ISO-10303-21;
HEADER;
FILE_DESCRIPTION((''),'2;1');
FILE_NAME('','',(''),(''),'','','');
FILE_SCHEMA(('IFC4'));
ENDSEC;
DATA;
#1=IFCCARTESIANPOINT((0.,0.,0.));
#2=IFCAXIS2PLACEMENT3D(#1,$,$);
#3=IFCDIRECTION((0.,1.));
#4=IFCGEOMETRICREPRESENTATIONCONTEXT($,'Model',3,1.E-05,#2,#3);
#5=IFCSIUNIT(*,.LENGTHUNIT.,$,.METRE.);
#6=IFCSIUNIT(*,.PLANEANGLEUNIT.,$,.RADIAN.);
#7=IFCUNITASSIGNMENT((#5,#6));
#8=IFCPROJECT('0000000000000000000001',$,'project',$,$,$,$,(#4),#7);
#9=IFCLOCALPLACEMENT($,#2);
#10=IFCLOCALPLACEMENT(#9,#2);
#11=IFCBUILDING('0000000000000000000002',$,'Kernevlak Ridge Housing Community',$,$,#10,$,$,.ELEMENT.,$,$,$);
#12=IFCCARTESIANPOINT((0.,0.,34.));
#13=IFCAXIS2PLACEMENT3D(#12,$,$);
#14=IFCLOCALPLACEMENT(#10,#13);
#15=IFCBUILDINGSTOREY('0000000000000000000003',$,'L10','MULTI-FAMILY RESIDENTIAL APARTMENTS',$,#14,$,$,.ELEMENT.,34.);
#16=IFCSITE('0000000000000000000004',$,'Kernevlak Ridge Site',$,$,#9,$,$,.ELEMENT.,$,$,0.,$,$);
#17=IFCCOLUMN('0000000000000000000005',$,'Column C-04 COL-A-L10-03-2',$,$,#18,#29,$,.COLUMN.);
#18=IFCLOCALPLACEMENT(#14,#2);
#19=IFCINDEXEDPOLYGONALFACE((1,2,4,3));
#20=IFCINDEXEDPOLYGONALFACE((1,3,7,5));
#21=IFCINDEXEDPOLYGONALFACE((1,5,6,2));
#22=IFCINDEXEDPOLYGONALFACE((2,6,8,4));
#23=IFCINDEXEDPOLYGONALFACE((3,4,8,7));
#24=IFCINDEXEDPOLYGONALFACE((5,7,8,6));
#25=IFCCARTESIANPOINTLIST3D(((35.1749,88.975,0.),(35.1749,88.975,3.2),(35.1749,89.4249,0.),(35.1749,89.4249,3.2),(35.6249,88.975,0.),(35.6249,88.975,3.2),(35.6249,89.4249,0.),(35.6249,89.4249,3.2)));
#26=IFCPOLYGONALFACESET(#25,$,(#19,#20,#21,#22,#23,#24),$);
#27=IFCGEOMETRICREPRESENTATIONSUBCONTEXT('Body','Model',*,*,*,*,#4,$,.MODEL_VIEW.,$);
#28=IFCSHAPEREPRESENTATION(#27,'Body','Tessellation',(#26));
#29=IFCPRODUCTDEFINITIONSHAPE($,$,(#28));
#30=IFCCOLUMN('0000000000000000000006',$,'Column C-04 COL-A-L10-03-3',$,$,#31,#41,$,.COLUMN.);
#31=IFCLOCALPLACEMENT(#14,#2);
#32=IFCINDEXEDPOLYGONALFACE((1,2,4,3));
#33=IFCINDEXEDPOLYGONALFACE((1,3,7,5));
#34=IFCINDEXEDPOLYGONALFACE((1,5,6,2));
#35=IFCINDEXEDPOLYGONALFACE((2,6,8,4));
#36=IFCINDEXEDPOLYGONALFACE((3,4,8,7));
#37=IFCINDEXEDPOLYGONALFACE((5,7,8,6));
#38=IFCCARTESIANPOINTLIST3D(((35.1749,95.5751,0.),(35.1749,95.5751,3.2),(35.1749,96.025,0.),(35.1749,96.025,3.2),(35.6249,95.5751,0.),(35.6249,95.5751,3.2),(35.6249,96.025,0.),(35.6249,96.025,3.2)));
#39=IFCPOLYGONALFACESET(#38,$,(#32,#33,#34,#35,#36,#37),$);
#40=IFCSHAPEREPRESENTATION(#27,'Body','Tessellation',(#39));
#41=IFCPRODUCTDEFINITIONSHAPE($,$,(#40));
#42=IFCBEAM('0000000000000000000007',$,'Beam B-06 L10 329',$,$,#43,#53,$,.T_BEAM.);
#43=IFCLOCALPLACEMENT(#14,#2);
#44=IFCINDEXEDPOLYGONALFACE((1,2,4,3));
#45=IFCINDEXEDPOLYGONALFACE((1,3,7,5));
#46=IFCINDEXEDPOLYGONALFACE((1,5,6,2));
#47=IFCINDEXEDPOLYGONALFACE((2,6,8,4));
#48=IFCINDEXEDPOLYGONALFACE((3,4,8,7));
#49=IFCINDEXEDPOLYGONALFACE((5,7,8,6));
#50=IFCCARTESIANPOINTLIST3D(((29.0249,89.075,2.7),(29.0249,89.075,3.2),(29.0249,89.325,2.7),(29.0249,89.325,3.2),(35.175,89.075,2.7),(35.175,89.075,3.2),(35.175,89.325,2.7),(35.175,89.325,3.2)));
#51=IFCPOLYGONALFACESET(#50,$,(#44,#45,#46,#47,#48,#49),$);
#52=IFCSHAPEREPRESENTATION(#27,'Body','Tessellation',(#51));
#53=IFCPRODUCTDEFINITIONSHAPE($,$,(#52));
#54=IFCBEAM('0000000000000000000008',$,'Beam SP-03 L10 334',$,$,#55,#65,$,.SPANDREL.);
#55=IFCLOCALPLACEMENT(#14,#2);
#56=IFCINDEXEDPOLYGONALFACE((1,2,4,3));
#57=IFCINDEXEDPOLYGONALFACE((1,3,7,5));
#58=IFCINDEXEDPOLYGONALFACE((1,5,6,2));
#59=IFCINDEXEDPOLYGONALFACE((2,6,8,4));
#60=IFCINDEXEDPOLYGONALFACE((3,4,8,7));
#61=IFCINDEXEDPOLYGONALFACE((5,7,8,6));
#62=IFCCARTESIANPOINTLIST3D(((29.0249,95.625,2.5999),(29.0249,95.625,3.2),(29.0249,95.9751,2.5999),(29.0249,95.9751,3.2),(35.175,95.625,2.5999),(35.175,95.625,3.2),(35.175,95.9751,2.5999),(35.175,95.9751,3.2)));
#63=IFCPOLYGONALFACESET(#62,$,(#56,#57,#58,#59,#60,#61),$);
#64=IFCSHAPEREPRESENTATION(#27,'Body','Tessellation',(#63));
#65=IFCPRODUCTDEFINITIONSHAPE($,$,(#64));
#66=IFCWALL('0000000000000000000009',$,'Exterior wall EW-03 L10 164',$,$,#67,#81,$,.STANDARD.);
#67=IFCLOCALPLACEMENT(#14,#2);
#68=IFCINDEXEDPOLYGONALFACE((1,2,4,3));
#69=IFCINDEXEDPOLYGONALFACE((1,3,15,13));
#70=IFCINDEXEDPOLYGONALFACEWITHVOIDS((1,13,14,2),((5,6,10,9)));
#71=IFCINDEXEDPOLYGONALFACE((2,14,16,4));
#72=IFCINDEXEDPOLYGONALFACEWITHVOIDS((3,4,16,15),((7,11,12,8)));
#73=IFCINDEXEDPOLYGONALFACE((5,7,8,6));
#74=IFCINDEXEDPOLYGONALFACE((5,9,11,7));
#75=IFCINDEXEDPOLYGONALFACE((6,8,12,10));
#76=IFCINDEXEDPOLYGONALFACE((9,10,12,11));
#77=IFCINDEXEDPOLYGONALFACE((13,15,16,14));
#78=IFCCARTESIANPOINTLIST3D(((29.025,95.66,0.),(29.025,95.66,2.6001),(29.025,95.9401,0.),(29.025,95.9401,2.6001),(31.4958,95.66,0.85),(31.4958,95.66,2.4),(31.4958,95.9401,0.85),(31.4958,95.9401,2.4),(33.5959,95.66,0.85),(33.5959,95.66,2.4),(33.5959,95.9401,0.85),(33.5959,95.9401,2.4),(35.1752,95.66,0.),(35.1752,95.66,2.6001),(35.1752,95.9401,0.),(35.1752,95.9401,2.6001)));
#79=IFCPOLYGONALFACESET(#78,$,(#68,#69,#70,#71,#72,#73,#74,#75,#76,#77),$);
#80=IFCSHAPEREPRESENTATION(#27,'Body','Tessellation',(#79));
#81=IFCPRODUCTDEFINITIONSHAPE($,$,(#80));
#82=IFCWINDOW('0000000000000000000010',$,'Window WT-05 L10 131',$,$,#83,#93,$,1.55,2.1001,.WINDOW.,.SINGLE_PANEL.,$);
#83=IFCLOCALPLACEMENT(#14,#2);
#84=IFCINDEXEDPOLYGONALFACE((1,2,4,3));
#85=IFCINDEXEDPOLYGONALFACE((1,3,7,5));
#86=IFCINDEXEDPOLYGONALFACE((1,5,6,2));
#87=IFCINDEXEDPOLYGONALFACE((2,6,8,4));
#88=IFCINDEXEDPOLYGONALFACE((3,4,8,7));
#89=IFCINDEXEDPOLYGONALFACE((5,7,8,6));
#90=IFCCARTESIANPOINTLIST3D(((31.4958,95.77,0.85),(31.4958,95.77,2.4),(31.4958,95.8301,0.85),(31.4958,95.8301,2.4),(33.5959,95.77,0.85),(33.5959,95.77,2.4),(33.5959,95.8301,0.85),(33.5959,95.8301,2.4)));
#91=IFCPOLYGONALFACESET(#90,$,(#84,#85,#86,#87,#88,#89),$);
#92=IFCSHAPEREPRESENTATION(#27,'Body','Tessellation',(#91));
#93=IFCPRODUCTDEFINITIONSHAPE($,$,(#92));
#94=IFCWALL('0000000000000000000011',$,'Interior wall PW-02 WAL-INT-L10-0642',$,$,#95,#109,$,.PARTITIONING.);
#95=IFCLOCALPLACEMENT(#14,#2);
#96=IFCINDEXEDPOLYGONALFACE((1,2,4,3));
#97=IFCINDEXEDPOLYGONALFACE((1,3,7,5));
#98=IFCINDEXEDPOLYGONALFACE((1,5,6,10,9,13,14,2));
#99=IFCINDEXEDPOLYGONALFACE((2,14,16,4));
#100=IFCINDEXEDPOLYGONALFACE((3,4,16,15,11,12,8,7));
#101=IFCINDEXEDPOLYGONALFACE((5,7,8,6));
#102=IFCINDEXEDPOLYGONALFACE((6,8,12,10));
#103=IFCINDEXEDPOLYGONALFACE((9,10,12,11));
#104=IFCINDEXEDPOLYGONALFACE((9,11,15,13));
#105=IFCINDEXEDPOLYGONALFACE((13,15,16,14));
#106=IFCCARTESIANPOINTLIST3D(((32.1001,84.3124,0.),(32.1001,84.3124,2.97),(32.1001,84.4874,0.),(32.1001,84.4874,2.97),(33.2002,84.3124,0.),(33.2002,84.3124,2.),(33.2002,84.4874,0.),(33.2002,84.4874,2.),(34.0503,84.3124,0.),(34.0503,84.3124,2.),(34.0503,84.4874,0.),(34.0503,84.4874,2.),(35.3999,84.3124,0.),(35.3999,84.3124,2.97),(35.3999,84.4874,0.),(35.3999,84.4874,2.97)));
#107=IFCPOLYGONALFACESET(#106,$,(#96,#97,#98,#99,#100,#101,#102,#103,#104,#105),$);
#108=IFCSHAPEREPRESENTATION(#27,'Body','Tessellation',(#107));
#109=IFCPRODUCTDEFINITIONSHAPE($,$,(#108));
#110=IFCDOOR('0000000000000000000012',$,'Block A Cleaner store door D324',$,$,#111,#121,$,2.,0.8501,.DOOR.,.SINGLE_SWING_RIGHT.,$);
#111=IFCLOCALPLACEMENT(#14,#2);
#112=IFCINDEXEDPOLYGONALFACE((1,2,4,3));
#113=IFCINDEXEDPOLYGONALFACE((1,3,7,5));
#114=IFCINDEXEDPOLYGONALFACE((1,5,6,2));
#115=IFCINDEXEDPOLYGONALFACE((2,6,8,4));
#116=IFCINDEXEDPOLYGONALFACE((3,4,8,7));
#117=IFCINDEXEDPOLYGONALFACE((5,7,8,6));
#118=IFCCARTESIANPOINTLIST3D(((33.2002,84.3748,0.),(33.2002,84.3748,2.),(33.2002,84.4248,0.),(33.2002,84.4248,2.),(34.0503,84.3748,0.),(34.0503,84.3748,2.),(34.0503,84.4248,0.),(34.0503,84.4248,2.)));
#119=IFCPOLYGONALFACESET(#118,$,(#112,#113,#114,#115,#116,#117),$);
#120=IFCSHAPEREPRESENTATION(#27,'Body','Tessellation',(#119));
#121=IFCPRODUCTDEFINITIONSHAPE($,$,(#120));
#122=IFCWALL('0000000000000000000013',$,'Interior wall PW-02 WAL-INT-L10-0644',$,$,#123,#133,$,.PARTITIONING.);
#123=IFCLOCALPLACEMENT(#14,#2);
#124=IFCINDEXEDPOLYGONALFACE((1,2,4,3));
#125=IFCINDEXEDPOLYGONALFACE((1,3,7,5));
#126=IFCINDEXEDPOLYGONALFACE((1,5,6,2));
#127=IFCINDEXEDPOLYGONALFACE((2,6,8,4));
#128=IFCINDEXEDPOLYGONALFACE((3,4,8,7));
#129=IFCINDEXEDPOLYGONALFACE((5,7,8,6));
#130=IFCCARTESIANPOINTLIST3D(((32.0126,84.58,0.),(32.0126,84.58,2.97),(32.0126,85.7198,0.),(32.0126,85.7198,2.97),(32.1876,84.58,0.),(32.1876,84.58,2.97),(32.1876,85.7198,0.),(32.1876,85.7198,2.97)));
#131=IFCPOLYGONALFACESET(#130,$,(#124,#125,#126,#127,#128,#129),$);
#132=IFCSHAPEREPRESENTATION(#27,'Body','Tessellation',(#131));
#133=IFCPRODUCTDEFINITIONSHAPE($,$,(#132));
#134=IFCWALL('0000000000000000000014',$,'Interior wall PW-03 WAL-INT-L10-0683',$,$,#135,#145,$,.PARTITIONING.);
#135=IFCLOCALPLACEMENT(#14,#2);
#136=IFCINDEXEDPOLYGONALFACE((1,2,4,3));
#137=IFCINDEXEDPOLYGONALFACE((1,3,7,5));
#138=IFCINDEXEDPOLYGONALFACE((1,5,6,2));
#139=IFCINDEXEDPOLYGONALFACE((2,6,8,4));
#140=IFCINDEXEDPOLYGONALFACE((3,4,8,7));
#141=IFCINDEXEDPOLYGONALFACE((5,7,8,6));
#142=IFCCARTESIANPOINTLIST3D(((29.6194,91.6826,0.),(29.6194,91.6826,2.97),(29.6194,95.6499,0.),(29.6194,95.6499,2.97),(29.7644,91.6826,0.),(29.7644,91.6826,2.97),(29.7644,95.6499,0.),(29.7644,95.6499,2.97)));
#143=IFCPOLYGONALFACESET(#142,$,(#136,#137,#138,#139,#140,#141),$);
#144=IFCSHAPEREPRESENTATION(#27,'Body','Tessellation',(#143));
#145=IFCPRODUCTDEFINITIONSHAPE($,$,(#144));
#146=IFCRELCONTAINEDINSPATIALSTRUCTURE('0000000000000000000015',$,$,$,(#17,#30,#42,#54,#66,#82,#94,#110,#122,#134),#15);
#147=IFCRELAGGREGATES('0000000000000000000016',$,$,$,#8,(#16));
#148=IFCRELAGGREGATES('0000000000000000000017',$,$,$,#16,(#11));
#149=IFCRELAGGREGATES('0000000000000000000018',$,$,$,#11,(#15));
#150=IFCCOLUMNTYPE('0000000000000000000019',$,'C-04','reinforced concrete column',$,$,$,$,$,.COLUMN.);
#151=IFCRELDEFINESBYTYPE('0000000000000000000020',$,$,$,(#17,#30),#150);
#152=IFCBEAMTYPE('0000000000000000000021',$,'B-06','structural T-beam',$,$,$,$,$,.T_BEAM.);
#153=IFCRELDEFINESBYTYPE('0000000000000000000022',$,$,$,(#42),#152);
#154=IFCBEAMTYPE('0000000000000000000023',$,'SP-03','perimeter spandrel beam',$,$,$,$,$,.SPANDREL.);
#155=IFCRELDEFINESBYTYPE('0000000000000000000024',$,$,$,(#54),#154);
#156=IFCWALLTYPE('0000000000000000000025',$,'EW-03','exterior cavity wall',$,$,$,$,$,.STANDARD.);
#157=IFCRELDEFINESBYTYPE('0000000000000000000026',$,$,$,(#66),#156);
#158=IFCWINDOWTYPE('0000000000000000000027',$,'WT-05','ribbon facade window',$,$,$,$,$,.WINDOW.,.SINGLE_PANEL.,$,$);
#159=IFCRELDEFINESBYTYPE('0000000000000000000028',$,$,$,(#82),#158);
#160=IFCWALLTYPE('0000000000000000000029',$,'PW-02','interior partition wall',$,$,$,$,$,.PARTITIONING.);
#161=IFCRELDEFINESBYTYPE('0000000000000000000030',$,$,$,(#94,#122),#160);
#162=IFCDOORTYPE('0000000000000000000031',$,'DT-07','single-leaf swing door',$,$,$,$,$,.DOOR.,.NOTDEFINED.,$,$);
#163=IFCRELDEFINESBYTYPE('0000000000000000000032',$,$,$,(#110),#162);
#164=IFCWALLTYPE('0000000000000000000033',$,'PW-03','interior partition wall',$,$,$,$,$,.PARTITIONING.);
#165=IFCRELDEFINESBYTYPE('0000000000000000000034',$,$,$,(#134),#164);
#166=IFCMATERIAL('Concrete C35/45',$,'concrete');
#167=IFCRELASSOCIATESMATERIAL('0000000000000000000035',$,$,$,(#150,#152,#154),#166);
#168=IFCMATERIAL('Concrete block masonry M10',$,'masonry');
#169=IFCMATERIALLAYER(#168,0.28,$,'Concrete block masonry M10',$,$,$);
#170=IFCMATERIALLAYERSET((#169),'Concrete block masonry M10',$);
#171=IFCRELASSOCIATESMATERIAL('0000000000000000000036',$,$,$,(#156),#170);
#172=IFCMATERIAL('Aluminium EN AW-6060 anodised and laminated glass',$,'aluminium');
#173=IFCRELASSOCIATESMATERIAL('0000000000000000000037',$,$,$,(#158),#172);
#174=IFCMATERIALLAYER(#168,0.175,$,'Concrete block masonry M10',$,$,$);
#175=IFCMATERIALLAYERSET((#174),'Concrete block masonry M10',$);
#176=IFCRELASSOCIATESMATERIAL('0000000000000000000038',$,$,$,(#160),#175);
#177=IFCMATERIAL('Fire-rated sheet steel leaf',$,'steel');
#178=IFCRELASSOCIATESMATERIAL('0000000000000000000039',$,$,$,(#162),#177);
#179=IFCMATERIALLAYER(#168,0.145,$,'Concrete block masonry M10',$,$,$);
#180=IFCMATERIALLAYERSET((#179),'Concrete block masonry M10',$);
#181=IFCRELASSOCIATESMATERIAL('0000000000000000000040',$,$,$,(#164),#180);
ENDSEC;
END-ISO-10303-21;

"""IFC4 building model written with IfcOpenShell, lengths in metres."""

from ifc_helpers import new_model, si_unit, direction, frame, frame_2d, origin, origin_2d, place, context, subcontext, project, spatial, rectangle, extrude, material, layer, layer_set, material_profile, profile_set, type_object, element, fill, save


model = new_model("IFC4")

# Units and contexts
model_context = context("Model", 3, precision=1e-05, world=origin(), true_north=direction((0.0, 1.0)))
body_context = subcontext(model_context, "Body", "Model", "MODEL_VIEW")
ifc_project = project(units=[si_unit("LENGTHUNIT", "METRE"), si_unit("PLANEANGLEUNIT", "RADIAN")], contexts=[model_context])

# Site, building, storey
site_placement = place(None, origin())
site = spatial("IfcSite", under=ifc_project, at=site_placement, Name="Kernevlak Ridge Site", CompositionType="ELEMENT", RefElevation=0.0)
building_placement = place(site_placement, origin())
building = spatial("IfcBuilding", under=site, at=building_placement, Name="Kernevlak Ridge Housing Community", CompositionType="ELEMENT")
storey_placement = place(building_placement, frame((0.0, 0.0, 34.0)))
storey = spatial("IfcBuildingStorey", under=building, at=storey_placement, Name="L10", Description="MULTI-FAMILY RESIDENTIAL APARTMENTS", CompositionType="ELEMENT", Elevation=34.0)

# Columns
ifc_material_1 = material(Name="Concrete C35/45", Category="concrete")
ifc_material_profile_1 = material_profile(ifc_material_1, rectangle(XDim=0.45, YDim=0.45, at=origin_2d()), Name="RC 450x450")
ifc_profile_set_1 = profile_set([ifc_material_profile_1], Name="Concrete C35/45")
column_type = type_object("IfcColumnType", Name="C-04", Description="reinforced concrete column", PredefinedType="COLUMN", material=ifc_profile_set_1)
for number, where, z_axis, x_axis, name in (
    (1, (35.3999, 89.2, 0.0), (0.0, 0.0, 1.0), (1.0, 0.0, 0.0), "Column C-04 COL-A-L10-03-2"),
    (2, (35.3999, 95.8, 0.0), (0.0, 0.0, 1.0), (1.0, 0.0, 0.0), "Column C-04 COL-A-L10-03-3"),
):
    element("IfcColumn", number, at=place(storey_placement, frame(where, z_axis=z_axis, x_axis=x_axis)), inside=storey, type_object=column_type, Name=name, PredefinedType="COLUMN", context=body_context, shape_type="SweptSolid", body=[
        extrude(rectangle(XDim=0.45, YDim=0.45, at=origin_2d()), origin(), (0.0, 0.0, 1.0), 3.2),
    ])

# Beams
ifc_material_profile_2 = material_profile(ifc_material_1, rectangle(XDim=0.25, YDim=0.5, at=origin_2d()), Name="RC 250x500")
ifc_profile_set_2 = profile_set([ifc_material_profile_2], Name="Concrete C35/45")
beam_type_1 = type_object("IfcBeamType", Name="B-06", Description="structural T-beam", PredefinedType="T_BEAM", material=ifc_profile_set_2)
beam_1_placement = place(storey_placement, frame((29.0249, 89.2, 2.95), z_axis=(1.0, 0.0, 0.0), x_axis=(0.0, 1.0, 0.0)))
element("IfcBeam", 3, at=beam_1_placement, inside=storey, type_object=beam_type_1, Name="Beam B-06 L10 329", PredefinedType="T_BEAM", context=body_context, shape_type="SweptSolid", body=[
    extrude(rectangle(XDim=0.25, YDim=0.5, at=origin_2d()), origin(), (0.0, 0.0, 1.0), 6.1501),
])
ifc_material_profile_3 = material_profile(ifc_material_1, rectangle(XDim=0.3501, YDim=0.6001, at=origin_2d()), Name="RC 350x600")
ifc_profile_set_3 = profile_set([ifc_material_profile_3], Name="Concrete C35/45")
beam_type_2 = type_object("IfcBeamType", Name="SP-03", Description="perimeter spandrel beam", PredefinedType="SPANDREL", material=ifc_profile_set_3)
beam_2_placement = place(storey_placement, frame((29.0249, 95.8, 2.8999), z_axis=(1.0, 0.0, 0.0), x_axis=(0.0, 1.0, 0.0)))
element("IfcBeam", 4, at=beam_2_placement, inside=storey, type_object=beam_type_2, Name="Beam SP-03 L10 334", PredefinedType="SPANDREL", context=body_context, shape_type="SweptSolid", body=[
    extrude(rectangle(XDim=0.3501, YDim=0.6001, at=origin_2d()), origin(), (0.0, 0.0, 1.0), 6.1501),
])

# Wall, opening, window
ifc_material_2 = material(Name="Concrete block masonry M10", Category="masonry")
ifc_layer_1 = layer(ifc_material_2, 0.28, Name="Concrete block masonry M10")
ifc_layer_set_1 = layer_set([ifc_layer_1], Name="Concrete block masonry M10")
wall_type_1 = type_object("IfcWallType", Name="EW-03", Description="exterior cavity wall", PredefinedType="STANDARD", material=ifc_layer_set_1)
wall_1_placement = place(storey_placement, frame((29.0249, 95.8, 0.0), z_axis=(0.0, 0.0, 1.0), x_axis=(1.0, 0.0, 0.0)))
wall_1 = element("IfcWall", 5, at=wall_1_placement, inside=storey, type_object=wall_type_1, Name="Exterior wall EW-03 L10 164", PredefinedType="STANDARD", context=body_context, shape_type="SweptSolid", body=[
    extrude(rectangle(XDim=6.1501, YDim=0.28, at=frame_2d((3.0752, 0.0))), origin(), (0.0, 0.0, 1.0), 2.6001),
])
opening_1_placement = place(wall_1_placement, frame((2.4709, 0.0, 0.8501)))
opening_1 = element("IfcOpeningElement", 6, at=opening_1_placement, cuts=wall_1, PredefinedType="OPENING", context=body_context, shape_type="SweptSolid", body=[
    extrude(rectangle(XDim=2.1001, YDim=1.55, at=frame_2d((1.05, 0.7749))), frame((0.0, 0.1499, 0.0), z_axis=(0.0, -1.0, 0.0), x_axis=(1.0, 0.0, 0.0)), (0.0, 0.0, 1.0), 0.3),
])
ifc_material_3 = material(Name="Aluminium EN AW-6060 anodised and laminated glass", Category="aluminium")
window_type = type_object("IfcWindowType", Name="WT-05", Description="ribbon facade window", PartitioningType="SINGLE_PANEL", PredefinedType="WINDOW", material=ifc_material_3)
window_placement = place(opening_1_placement, origin())
window = element("IfcWindow", 7, at=window_placement, inside=storey, type_object=window_type, Name="Window WT-05 L10 131", OverallHeight=1.55, OverallWidth=2.1001, PartitioningType="SINGLE_PANEL", PredefinedType="WINDOW", context=body_context, shape_type="SweptSolid", body=[
    extrude(rectangle(XDim=2.1001, YDim=1.55, at=frame_2d((1.05, 0.7749))), frame((0.0, 0.03, 0.0), z_axis=(0.0, -1.0, 0.0), x_axis=(1.0, 0.0, 0.0)), (0.0, 0.0, 1.0), 0.0601),
])
fill(opening_1, window)

# Wall, opening, door
ifc_layer_2 = layer(ifc_material_2, 0.175, Name="Concrete block masonry M10")
ifc_layer_set_2 = layer_set([ifc_layer_2], Name="Concrete block masonry M10")
wall_type_2 = type_object("IfcWallType", Name="PW-02", Description="interior partition wall", PredefinedType="PARTITIONING", material=ifc_layer_set_2)
wall_2_placement = place(storey_placement, frame((32.1001, 84.3999, 0.0), z_axis=(0.0, 0.0, 1.0), x_axis=(1.0, 0.0, 0.0)))
wall_2 = element("IfcWall", 8, at=wall_2_placement, inside=storey, type_object=wall_type_2, Name="Interior wall PW-02 WAL-INT-L10-0642", PredefinedType="PARTITIONING", context=body_context, shape_type="SweptSolid", body=[
    extrude(rectangle(XDim=3.2998, YDim=0.175, at=frame_2d((1.6499, 0.0))), origin(), (0.0, 0.0, 1.0), 2.97),
])
opening_2_placement = place(wall_2_placement, frame((1.1001, 0.0, 0.0)))
opening_2 = element("IfcOpeningElement", 9, at=opening_2_placement, cuts=wall_2, PredefinedType="OPENING", context=body_context, shape_type="SweptSolid", body=[
    extrude(rectangle(XDim=0.8501, YDim=2.0, at=frame_2d((0.425, 1.0))), frame((0.0, 0.0974, 0.0), z_axis=(0.0, -1.0, 0.0), x_axis=(1.0, 0.0, 0.0)), (0.0, 0.0, 1.0), 0.1951),
])
ifc_material_4 = material(Name="Fire-rated sheet steel leaf", Category="steel")
door_type_1 = type_object("IfcDoorType", Name="DT-07", Description="single-leaf swing door", OperationType="NOTDEFINED", PredefinedType="DOOR", material=ifc_material_4)
door_1_placement = place(opening_2_placement, origin())
door_1 = element("IfcDoor", 10, at=door_1_placement, inside=storey, type_object=door_type_1, Name="Block A Cleaner store door D324", OperationType="SINGLE_SWING_RIGHT", OverallHeight=2.0, OverallWidth=0.8501, PredefinedType="DOOR", context=body_context, shape_type="SweptSolid", body=[
    extrude(rectangle(XDim=0.8501, YDim=2.0, at=frame_2d((0.425, 1.0))), frame((0.0, 0.0249, 0.0), z_axis=(0.0, -1.0, 0.0), x_axis=(1.0, 0.0, 0.0)), (0.0, 0.0, 1.0), 0.05),
])
fill(opening_2, door_1)

# Walls
wall_3_placement = place(storey_placement, frame((32.1001, 84.5801, 0.0), z_axis=(0.0, 0.0, 1.0), x_axis=(0.0, 1.0, 0.0)))
element("IfcWall", 11, at=wall_3_placement, inside=storey, type_object=wall_type_2, Name="Interior wall PW-02 WAL-INT-L10-0644", PredefinedType="PARTITIONING", context=body_context, shape_type="SweptSolid", body=[
    extrude(rectangle(XDim=1.1399, YDim=0.175, at=frame_2d((0.5698, 0.0))), origin(), (0.0, 0.0, 1.0), 2.97),
])
ifc_layer_3 = layer(ifc_material_2, 0.145, Name="Concrete block masonry M10")
ifc_layer_set_3 = layer_set([ifc_layer_3], Name="Concrete block masonry M10")
wall_type_3 = type_object("IfcWallType", Name="PW-03", Description="interior partition wall", PredefinedType="PARTITIONING", material=ifc_layer_set_3)
wall_4_placement = place(storey_placement, frame((29.6919, 91.6826, 0.0), z_axis=(0.0, 0.0, 1.0), x_axis=(0.0, 1.0, 0.0)))
element("IfcWall", 12, at=wall_4_placement, inside=storey, type_object=wall_type_3, Name="Interior wall PW-03 WAL-INT-L10-0683", PredefinedType="PARTITIONING", context=body_context, shape_type="SweptSolid", body=[
    extrude(rectangle(XDim=3.9673, YDim=0.145, at=frame_2d((1.9836, 0.0))), origin(), (0.0, 0.0, 1.0), 2.97),
])

save(model, "model.ifc")
